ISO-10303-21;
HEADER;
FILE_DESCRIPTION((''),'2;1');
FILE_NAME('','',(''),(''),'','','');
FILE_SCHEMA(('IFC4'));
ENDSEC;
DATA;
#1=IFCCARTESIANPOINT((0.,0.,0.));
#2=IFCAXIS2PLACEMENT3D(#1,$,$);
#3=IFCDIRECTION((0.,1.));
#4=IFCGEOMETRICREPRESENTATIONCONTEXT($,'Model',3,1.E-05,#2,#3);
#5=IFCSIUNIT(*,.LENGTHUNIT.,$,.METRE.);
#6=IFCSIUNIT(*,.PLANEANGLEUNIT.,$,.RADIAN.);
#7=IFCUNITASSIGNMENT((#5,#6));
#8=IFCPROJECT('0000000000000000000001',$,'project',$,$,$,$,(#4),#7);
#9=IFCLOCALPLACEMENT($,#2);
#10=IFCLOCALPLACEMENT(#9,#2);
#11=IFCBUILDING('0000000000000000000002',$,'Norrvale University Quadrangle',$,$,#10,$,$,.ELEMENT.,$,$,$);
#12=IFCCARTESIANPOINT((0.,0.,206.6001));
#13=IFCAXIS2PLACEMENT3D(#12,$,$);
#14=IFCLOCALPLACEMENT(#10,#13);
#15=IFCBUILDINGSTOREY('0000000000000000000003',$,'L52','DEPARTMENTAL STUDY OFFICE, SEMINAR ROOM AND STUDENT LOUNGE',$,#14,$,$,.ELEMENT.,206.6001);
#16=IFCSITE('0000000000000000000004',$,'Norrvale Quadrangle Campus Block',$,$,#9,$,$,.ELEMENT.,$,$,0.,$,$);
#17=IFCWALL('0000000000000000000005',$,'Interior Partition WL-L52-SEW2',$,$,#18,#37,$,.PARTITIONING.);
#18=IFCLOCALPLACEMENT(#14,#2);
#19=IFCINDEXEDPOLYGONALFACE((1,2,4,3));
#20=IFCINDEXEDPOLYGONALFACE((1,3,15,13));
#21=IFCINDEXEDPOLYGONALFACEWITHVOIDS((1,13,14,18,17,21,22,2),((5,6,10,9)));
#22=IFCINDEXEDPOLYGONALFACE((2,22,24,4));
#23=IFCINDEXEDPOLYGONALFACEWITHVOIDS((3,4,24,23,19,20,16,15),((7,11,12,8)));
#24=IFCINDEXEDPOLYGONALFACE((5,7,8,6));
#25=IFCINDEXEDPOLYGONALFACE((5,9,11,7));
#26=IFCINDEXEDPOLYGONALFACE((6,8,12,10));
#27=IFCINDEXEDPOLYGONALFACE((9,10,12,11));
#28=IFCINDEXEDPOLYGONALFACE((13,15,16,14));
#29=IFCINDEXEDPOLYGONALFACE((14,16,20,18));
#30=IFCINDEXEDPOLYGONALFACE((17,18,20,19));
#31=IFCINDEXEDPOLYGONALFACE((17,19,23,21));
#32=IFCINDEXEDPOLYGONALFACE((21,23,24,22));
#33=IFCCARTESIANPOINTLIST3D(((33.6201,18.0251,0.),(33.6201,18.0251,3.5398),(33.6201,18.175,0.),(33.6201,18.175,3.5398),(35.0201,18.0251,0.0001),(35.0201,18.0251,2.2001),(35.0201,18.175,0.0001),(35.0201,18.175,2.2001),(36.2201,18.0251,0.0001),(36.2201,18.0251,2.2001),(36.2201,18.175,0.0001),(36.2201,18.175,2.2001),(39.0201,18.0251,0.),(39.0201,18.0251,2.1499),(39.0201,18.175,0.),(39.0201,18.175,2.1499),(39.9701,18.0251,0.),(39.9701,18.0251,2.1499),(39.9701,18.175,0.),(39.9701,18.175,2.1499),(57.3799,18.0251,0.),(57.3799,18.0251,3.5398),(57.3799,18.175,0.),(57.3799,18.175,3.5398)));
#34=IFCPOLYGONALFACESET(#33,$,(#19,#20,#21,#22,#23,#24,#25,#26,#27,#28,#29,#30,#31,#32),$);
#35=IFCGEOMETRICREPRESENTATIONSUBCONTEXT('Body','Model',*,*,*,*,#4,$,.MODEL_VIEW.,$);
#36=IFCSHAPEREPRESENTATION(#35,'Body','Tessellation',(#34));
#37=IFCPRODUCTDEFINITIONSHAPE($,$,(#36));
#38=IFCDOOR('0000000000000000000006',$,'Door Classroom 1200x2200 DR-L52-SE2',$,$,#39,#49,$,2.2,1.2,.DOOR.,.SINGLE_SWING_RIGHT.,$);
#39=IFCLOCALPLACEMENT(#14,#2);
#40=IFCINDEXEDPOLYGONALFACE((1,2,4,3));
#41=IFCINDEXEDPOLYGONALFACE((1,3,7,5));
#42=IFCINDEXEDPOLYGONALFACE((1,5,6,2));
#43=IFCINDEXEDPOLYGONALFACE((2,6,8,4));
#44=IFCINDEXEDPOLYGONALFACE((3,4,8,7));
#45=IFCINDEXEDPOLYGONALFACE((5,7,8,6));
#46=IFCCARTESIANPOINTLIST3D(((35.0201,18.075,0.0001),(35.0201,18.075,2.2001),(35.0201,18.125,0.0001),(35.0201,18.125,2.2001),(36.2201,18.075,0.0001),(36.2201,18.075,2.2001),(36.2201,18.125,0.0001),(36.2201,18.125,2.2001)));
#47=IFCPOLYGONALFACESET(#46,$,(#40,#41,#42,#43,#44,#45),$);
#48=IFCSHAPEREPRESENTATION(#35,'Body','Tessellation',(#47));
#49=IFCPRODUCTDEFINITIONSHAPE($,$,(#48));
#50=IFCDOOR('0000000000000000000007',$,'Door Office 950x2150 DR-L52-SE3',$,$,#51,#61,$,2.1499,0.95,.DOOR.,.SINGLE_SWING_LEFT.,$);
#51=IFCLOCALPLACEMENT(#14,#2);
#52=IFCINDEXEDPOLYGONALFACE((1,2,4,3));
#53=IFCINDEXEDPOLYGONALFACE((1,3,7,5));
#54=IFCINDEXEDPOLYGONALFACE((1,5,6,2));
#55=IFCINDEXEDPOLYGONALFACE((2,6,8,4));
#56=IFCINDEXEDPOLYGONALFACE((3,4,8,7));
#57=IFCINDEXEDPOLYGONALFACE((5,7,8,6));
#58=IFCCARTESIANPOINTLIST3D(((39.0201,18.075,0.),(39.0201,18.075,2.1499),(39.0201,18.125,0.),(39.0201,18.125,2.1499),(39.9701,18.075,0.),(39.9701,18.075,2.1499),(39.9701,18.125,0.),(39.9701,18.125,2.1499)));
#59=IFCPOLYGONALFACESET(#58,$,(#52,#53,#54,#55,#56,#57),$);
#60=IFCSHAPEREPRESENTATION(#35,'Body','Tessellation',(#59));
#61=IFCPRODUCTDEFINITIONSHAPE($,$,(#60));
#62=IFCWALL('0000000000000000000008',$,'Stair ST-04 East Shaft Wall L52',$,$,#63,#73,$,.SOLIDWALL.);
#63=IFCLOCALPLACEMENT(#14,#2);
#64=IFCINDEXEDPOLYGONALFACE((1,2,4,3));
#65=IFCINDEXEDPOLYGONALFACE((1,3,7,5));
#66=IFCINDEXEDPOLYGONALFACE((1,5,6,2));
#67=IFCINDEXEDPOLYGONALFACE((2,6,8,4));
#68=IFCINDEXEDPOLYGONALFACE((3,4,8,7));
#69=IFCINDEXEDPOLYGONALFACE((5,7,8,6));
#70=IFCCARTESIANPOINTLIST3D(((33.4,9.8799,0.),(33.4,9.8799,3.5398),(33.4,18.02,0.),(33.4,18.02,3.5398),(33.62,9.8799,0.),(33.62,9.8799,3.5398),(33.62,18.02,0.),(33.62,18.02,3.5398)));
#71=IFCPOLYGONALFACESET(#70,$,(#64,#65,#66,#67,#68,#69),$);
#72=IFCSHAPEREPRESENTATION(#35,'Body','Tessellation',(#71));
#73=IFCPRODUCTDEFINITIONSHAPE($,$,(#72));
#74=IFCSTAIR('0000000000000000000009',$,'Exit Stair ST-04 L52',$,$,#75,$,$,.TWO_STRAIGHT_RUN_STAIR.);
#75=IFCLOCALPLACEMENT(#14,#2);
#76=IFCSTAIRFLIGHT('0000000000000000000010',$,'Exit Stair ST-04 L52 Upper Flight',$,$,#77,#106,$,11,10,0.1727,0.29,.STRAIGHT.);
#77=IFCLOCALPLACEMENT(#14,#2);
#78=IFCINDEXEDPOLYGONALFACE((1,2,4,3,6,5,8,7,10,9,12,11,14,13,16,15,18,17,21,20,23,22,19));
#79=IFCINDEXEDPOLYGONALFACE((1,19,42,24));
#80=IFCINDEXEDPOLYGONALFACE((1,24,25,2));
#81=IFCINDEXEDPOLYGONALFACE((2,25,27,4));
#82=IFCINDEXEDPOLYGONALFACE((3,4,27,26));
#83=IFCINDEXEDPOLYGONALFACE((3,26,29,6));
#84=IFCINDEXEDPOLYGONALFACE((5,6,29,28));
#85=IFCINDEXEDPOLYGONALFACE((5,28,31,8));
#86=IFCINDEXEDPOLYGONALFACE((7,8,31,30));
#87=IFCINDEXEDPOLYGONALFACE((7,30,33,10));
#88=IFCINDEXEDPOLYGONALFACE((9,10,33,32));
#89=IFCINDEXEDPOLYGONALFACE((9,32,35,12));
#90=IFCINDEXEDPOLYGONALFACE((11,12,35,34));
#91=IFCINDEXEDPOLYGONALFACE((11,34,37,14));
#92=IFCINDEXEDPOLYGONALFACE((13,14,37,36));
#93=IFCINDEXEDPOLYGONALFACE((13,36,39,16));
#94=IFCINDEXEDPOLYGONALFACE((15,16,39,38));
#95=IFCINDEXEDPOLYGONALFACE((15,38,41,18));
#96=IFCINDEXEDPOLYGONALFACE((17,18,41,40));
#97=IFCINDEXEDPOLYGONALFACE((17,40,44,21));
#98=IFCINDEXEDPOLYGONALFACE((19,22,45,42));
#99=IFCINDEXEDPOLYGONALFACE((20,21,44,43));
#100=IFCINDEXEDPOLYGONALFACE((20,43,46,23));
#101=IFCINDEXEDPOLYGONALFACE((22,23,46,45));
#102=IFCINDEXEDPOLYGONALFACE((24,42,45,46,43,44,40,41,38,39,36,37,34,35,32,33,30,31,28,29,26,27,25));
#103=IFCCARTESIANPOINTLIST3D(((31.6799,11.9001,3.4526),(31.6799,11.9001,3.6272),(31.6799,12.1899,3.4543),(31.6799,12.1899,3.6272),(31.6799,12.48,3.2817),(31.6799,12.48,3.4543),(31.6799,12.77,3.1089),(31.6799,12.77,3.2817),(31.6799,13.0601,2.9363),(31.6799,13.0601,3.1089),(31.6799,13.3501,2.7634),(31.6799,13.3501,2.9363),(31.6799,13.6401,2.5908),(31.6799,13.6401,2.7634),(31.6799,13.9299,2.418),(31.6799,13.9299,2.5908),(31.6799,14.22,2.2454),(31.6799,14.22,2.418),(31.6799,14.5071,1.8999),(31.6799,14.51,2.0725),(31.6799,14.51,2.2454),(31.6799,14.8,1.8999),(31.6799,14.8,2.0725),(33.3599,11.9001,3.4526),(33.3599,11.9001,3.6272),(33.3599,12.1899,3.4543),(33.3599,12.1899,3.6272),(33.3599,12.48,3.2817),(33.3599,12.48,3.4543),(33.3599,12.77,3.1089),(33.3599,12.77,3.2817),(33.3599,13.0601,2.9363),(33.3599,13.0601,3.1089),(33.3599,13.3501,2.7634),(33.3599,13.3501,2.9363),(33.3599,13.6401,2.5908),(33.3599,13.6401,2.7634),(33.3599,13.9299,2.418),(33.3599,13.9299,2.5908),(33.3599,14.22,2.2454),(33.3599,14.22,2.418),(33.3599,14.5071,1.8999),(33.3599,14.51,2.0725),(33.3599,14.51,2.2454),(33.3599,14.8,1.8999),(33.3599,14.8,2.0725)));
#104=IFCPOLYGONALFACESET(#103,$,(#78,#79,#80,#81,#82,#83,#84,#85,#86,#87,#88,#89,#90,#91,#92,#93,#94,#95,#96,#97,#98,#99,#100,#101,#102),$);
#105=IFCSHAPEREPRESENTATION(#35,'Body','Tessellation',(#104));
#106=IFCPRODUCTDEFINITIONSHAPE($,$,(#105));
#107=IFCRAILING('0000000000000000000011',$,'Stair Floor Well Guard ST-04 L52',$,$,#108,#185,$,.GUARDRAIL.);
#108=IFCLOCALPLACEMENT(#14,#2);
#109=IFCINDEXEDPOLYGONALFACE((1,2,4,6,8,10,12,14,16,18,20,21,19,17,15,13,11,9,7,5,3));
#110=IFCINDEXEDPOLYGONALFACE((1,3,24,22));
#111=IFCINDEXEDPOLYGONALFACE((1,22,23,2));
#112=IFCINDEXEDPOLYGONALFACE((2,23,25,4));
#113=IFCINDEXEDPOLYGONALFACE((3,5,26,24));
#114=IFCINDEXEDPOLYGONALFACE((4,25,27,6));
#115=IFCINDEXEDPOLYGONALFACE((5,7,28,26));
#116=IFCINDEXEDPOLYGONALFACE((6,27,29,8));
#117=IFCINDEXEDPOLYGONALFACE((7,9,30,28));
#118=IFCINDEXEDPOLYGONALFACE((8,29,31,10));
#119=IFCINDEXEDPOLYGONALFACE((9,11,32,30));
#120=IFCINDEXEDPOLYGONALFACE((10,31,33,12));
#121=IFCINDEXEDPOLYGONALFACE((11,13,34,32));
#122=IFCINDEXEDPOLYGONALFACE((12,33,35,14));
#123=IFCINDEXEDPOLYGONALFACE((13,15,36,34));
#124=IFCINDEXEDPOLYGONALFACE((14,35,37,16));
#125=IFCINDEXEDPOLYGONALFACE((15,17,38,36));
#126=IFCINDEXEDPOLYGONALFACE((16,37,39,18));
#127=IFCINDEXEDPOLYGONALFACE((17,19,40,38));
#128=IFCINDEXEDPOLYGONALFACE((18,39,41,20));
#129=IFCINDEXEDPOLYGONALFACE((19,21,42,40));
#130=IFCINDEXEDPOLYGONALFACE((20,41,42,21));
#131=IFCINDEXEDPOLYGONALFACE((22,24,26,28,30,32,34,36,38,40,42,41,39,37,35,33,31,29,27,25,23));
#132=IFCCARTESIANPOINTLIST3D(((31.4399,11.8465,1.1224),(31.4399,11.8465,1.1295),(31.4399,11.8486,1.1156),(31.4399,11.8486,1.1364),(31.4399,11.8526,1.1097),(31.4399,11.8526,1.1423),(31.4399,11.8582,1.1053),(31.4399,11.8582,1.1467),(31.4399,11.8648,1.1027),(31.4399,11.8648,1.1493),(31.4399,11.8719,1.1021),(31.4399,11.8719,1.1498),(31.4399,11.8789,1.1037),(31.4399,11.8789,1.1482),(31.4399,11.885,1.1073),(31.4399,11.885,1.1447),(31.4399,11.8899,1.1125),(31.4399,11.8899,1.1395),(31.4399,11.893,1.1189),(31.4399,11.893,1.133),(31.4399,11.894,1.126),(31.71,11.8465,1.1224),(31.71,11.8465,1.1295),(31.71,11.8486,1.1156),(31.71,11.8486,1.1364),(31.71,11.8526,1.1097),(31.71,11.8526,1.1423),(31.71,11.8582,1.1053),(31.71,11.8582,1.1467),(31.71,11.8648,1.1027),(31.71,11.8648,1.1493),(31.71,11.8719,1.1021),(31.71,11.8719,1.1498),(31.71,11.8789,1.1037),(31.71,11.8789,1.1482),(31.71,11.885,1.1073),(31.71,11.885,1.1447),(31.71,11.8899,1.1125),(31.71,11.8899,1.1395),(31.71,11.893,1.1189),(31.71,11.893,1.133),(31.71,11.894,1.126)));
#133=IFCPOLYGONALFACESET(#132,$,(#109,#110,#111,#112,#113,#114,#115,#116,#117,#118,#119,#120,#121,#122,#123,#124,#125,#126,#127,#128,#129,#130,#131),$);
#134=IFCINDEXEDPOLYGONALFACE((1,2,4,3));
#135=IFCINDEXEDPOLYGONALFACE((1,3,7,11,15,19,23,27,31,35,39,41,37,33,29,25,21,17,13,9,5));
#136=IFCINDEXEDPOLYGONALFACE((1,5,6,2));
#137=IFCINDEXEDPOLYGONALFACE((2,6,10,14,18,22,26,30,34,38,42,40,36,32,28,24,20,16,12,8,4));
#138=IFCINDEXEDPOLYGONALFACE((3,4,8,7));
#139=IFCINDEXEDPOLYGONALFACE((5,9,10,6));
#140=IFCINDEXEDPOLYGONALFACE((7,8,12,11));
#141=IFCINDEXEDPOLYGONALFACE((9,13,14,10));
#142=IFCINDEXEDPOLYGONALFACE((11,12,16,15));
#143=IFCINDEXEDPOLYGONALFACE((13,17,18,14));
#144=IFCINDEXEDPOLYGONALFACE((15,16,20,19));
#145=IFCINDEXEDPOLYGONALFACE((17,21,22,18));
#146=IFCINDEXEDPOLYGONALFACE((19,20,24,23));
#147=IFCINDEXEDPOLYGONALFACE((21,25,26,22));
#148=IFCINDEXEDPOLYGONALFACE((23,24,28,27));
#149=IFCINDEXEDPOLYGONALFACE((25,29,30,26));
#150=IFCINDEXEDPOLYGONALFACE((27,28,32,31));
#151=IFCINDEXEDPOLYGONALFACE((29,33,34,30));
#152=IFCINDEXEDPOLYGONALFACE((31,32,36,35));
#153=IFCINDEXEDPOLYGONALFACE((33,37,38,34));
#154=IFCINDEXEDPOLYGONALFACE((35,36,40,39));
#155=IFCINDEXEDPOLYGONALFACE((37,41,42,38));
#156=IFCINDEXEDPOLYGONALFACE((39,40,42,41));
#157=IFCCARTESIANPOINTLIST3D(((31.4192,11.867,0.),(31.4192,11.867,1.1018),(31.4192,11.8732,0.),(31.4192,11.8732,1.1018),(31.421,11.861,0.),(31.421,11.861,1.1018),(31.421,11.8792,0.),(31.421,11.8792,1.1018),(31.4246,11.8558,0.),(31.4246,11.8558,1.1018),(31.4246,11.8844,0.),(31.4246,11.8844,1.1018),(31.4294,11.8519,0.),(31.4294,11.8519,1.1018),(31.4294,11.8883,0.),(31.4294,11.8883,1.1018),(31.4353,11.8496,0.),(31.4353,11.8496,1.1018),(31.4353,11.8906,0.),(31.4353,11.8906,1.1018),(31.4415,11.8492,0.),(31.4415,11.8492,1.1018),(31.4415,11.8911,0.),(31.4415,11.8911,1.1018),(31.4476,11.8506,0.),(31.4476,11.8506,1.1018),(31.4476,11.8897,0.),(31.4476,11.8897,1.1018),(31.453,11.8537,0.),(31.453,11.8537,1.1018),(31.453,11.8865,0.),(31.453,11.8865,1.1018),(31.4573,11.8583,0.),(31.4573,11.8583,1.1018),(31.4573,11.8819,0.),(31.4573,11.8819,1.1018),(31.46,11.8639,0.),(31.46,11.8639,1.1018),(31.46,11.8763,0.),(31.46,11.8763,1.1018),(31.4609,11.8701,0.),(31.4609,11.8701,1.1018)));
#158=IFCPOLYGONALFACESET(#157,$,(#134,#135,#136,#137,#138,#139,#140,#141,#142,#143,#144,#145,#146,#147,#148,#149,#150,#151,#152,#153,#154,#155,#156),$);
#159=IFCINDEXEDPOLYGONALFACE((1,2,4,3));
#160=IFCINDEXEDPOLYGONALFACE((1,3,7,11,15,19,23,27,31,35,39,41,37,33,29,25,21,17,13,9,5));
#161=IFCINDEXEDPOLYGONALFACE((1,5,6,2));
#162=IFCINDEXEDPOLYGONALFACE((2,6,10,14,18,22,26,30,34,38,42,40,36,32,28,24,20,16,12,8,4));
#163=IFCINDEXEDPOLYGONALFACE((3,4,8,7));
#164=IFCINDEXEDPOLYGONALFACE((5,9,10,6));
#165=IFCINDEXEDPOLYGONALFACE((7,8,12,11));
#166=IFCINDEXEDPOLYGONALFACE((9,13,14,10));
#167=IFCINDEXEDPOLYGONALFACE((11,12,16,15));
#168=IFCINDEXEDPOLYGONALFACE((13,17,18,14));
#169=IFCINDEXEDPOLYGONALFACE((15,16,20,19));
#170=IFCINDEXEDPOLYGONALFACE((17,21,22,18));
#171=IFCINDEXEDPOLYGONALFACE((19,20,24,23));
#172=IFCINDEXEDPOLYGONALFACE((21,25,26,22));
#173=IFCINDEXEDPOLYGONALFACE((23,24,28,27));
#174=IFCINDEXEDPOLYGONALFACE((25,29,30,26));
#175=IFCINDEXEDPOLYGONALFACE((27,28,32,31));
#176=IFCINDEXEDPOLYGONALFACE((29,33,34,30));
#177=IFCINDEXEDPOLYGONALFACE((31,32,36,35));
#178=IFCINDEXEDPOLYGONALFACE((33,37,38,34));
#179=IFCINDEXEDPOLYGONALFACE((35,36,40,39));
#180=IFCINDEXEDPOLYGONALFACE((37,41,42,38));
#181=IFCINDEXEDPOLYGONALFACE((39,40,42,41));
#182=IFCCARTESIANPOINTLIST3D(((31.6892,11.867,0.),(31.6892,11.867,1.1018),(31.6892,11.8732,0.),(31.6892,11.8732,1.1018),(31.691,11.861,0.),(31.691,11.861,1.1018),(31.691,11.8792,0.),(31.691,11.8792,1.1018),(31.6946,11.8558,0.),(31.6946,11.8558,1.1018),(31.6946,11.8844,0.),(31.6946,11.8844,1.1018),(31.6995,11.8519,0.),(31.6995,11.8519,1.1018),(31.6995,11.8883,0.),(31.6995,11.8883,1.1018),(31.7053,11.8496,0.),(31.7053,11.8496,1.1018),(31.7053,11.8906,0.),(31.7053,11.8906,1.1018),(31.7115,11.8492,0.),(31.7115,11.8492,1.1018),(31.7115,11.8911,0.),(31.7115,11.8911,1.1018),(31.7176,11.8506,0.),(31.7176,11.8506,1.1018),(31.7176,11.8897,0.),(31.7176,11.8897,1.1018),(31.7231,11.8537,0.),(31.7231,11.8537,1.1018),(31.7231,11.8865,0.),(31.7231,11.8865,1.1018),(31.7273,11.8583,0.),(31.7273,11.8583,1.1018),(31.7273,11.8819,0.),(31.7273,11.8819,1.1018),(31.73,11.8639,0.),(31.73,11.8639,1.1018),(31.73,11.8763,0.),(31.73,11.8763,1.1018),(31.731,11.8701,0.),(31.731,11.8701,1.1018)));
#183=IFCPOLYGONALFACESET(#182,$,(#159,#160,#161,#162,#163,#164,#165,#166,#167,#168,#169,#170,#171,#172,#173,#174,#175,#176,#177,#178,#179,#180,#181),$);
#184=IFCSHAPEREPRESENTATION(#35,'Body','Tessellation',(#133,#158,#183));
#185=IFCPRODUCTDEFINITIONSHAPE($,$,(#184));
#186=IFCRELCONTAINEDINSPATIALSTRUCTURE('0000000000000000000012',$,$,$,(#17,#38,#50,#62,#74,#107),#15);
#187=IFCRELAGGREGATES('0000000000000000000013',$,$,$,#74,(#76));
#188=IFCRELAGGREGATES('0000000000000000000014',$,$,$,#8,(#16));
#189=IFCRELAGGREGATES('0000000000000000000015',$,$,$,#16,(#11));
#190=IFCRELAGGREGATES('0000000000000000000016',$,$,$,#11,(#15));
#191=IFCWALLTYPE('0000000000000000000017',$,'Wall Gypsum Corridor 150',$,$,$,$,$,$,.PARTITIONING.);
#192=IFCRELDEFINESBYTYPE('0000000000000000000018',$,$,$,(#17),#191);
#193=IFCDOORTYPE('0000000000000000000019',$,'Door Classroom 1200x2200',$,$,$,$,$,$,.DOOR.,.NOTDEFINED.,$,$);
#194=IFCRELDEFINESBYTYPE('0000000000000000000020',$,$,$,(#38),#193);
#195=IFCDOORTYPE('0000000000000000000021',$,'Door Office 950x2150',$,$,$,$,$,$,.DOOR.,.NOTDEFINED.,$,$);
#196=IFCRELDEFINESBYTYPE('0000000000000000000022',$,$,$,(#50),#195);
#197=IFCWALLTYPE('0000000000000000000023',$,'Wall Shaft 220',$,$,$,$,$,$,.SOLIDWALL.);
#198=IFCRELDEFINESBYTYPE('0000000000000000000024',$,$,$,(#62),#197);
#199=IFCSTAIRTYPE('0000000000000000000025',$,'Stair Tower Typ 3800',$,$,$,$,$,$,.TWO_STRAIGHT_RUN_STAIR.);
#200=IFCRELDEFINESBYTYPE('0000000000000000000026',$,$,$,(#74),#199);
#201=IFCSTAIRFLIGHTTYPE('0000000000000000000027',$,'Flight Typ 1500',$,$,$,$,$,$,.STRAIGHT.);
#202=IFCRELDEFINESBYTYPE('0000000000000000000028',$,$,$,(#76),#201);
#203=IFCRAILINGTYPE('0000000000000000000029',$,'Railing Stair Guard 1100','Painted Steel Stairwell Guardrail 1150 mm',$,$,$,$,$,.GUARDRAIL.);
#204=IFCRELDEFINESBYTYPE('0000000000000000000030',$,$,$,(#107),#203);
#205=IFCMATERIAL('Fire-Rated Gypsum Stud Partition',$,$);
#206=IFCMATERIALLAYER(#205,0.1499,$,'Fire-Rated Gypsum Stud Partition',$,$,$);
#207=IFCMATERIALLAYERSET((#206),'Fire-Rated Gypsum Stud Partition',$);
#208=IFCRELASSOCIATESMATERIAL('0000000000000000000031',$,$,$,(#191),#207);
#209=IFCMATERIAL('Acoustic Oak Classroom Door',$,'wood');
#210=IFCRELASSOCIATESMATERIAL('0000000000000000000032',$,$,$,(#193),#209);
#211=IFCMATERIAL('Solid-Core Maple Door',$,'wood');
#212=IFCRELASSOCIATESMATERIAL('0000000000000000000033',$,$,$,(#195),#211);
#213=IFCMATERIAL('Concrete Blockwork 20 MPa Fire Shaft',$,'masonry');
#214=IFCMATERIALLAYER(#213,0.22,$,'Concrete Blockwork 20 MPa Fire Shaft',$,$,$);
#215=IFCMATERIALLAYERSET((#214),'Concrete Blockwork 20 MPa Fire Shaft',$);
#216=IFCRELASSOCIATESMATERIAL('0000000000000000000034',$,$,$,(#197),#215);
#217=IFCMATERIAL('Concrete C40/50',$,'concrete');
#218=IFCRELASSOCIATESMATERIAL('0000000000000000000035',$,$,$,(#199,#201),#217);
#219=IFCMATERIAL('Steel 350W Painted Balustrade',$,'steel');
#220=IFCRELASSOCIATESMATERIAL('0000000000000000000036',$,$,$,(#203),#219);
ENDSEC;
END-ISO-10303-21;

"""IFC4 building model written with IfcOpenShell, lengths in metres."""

from ifc_helpers import new_model, si_unit, direction, frame, frame_2d, origin, origin_2d, place, context, subcontext, project, spatial, polyline, rectangle, circle, outline, extrude, material, layer, layer_set, type_object, element, fill, aggregate, save


model = new_model("IFC4")

# Units and contexts
model_context = context("Model", 3, precision=1e-05, world=origin(), true_north=direction((0.0, 1.0)))
body_context = subcontext(model_context, "Body", "Model", "MODEL_VIEW")
ifc_project = project(units=[si_unit("LENGTHUNIT", "METRE"), si_unit("PLANEANGLEUNIT", "RADIAN")], contexts=[model_context])

# Site, building, storey
site_placement = place(None, origin())
site = spatial("IfcSite", under=ifc_project, at=site_placement, Name="Norrvale Quadrangle Campus Block", CompositionType="ELEMENT", RefElevation=0.0)
building_placement = place(site_placement, origin())
building = spatial("IfcBuilding", under=site, at=building_placement, Name="Norrvale University Quadrangle", CompositionType="ELEMENT")
storey_placement = place(building_placement, frame((0.0, 0.0, 206.6001)))
storey = spatial("IfcBuildingStorey", under=building, at=storey_placement, Name="L52", Description="DEPARTMENTAL STUDY OFFICE, SEMINAR ROOM AND STUDENT LOUNGE", CompositionType="ELEMENT", Elevation=206.6001)

# Wall, openings, doors
ifc_material_1 = material(Name="Fire-Rated Gypsum Stud Partition")
ifc_layer_1 = layer(ifc_material_1, 0.1499, Name="Fire-Rated Gypsum Stud Partition")
ifc_layer_set_1 = layer_set([ifc_layer_1], Name="Fire-Rated Gypsum Stud Partition")
wall_type_1 = type_object("IfcWallType", Name="Wall Gypsum Corridor 150", PredefinedType="PARTITIONING", material=ifc_layer_set_1)
wall_1_placement = place(storey_placement, frame((33.6201, 18.1001, 0.0), z_axis=(0.0, 0.0, 1.0), x_axis=(1.0, 0.0, 0.0)))
wall_1 = element("IfcWall", 1, at=wall_1_placement, inside=storey, type_object=wall_type_1, Name="Interior Partition WL-L52-SEW2", PredefinedType="PARTITIONING", context=body_context, shape_type="SweptSolid", body=[
    extrude(rectangle(XDim=23.7598, YDim=0.1499, at=frame_2d((11.8799, 0.0))), origin(), (0.0, 0.0, 1.0), 3.5398),
])
opening_1_placement = place(wall_1_placement, frame((1.3999, 0.0, 0.0)))
opening_1 = element("IfcOpeningElement", 2, at=opening_1_placement, cuts=wall_1, PredefinedType="OPENING", context=body_context, shape_type="SweptSolid", body=[
    extrude(rectangle(XDim=1.2, YDim=2.2, at=frame_2d((0.6001, 1.1001))), frame((0.0, 0.0869, 0.0), z_axis=(0.0, -1.0, 0.0), x_axis=(1.0, 0.0, 0.0)), (0.0, 0.0, 1.0), 0.1738),
])
opening_2_placement = place(wall_1_placement, frame((5.3999, 0.0, 0.0)))
opening_2 = element("IfcOpeningElement", 3, at=opening_2_placement, cuts=wall_1, PredefinedType="OPENING", context=body_context, shape_type="SweptSolid", body=[
    extrude(rectangle(XDim=0.95, YDim=2.1499, at=frame_2d((0.4751, 1.075))), frame((0.0, 0.0869, 0.0), z_axis=(0.0, -1.0, 0.0), x_axis=(1.0, 0.0, 0.0)), (0.0, 0.0, 1.0), 0.1738),
])
ifc_material_2 = material(Name="Acoustic Oak Classroom Door", Category="wood")
door_type_1 = type_object("IfcDoorType", Name="Door Classroom 1200x2200", OperationType="NOTDEFINED", PredefinedType="DOOR", material=ifc_material_2)
door_1_placement = place(opening_1_placement, origin())
door_1 = element("IfcDoor", 4, at=door_1_placement, inside=storey, type_object=door_type_1, Name="Door Classroom 1200x2200 DR-L52-SE2", OperationType="SINGLE_SWING_RIGHT", OverallHeight=2.2, OverallWidth=1.2, PredefinedType="DOOR", context=body_context, shape_type="SweptSolid", body=[
    extrude(rectangle(XDim=1.2, YDim=2.2, at=frame_2d((0.6001, 1.1001))), frame((0.0, 0.0249, 0.0), z_axis=(0.0, -1.0, 0.0), x_axis=(1.0, 0.0, 0.0)), (0.0, 0.0, 1.0), 0.05),
])
fill(opening_1, door_1)
ifc_material_3 = material(Name="Solid-Core Maple Door", Category="wood")
door_type_2 = type_object("IfcDoorType", Name="Door Office 950x2150", OperationType="NOTDEFINED", PredefinedType="DOOR", material=ifc_material_3)
door_2_placement = place(opening_2_placement, origin())
door_2 = element("IfcDoor", 5, at=door_2_placement, inside=storey, type_object=door_type_2, Name="Door Office 950x2150 DR-L52-SE3", OperationType="SINGLE_SWING_LEFT", OverallHeight=2.1499, OverallWidth=0.95, PredefinedType="DOOR", context=body_context, shape_type="SweptSolid", body=[
    extrude(rectangle(XDim=0.95, YDim=2.1499, at=frame_2d((0.4751, 1.075))), frame((0.0, 0.0249, 0.0), z_axis=(0.0, -1.0, 0.0), x_axis=(1.0, 0.0, 0.0)), (0.0, 0.0, 1.0), 0.05),
])
fill(opening_2, door_2)

# Wall
ifc_material_4 = material(Name="Concrete Blockwork 20 MPa Fire Shaft", Category="masonry")
ifc_layer_2 = layer(ifc_material_4, 0.22, Name="Concrete Blockwork 20 MPa Fire Shaft")
ifc_layer_set_2 = layer_set([ifc_layer_2], Name="Concrete Blockwork 20 MPa Fire Shaft")
wall_type_2 = type_object("IfcWallType", Name="Wall Shaft 220", PredefinedType="SOLIDWALL", material=ifc_layer_set_2)
wall_2_placement = place(storey_placement, frame((33.51, 9.8799, 0.0), z_axis=(0.0, 0.0, 1.0), x_axis=(0.0, 1.0, 0.0)))
element("IfcWall", 6, at=wall_2_placement, inside=storey, type_object=wall_type_2, Name="Stair ST-04 East Shaft Wall L52", PredefinedType="SOLIDWALL", context=body_context, shape_type="SweptSolid", body=[
    extrude(rectangle(XDim=8.1401, YDim=0.22, at=frame_2d((4.0701, 0.0))), origin(), (0.0, 0.0, 1.0), 3.5398),
])

# Stair, stair flight
ifc_material_5 = material(Name="Concrete C40/50", Category="concrete")
stair_type = type_object("IfcStairType", Name="Stair Tower Typ 3800", PredefinedType="TWO_STRAIGHT_RUN_STAIR", material=ifc_material_5)
stair_placement = place(storey_placement, origin())
stair = element("IfcStair", 7, at=stair_placement, inside=storey, type_object=stair_type, Name="Exit Stair ST-04 L52", PredefinedType="TWO_STRAIGHT_RUN_STAIR")
stair_flight_type = type_object("IfcStairFlightType", Name="Flight Typ 1500", PredefinedType="STRAIGHT", material=ifc_material_5)
stair_flight_placement = place(storey_placement, frame((32.52, 14.8, 1.8999), z_axis=(0.0, 0.0, 1.0), x_axis=(0.0, -1.0, 0.0)))
stair_flight = element("IfcStairFlight", 8, at=stair_flight_placement, type_object=stair_flight_type, Name="Exit Stair ST-04 L52 Upper Flight", NumberOfRisers=11, NumberOfTreads=10, PredefinedType="STRAIGHT", RiserHeight=0.1727, TreadLength=0.29, context=body_context, shape_type="SweptSolid", body=[
    extrude(outline(polyline([(0.0, 0.0), (0.0, 0.1726), (0.29, 0.1726), (0.29, 0.3455), (0.5801, 0.3455), (0.5801, 0.5181), (0.8701, 0.5181), (0.8701, 0.6909), (1.1599, 0.6909), (1.1599, 0.8635), (1.45, 0.8635), (1.45, 1.0364), (1.74, 1.0364), (1.74, 1.209), (2.03, 1.209), (2.03, 1.3818), (2.3201, 1.3818), (2.3201, 1.5544), (2.6101, 1.5544), (2.6101, 1.7273), (2.8999, 1.7273), (2.8999, 1.8999), (2.8999, 1.5527), (0.293, 0.0), (0.0, 0.0)])), frame((0.0, 0.8398, 0.0), z_axis=(0.0, -1.0, 0.0), x_axis=(1.0, 0.0, 0.0)), (0.0, 0.0, 1.0), 1.6799),
])
aggregate(stair, [stair_flight])

# Railing
ifc_material_6 = material(Name="Steel 350W Painted Balustrade", Category="steel")
railing_type_1 = type_object("IfcRailingType", Name="Railing Stair Guard 1100", Description="Painted Steel Stairwell Guardrail 1150 mm", PredefinedType="GUARDRAIL", material=ifc_material_6)
for number, where, name in (
    (9, (31.4399, 11.8701, 0.0), "Stair Floor Well Guard ST-04 L52"),
):
    element("IfcRailing", number, at=place(storey_placement, frame(where)), inside=storey, type_object=railing_type_1, Name=name, PredefinedType="GUARDRAIL", context=body_context, shape_type="SweptSolid", body=[
        extrude(circle(Radius=0.0239, at=origin_2d()), frame((0.0, 0.0, 1.126), z_axis=(1.0, 0.0, 0.0), x_axis=(0.0, 1.0, 0.0)), (0.0, 0.0, 1.0), 0.27),
        extrude(circle(Radius=0.021, at=origin_2d()), origin(), (0.0, 0.0, 1.0), 1.1018),
        extrude(circle(Radius=0.021, at=origin_2d()), frame((0.27, 0.0, 0.0)), (0.0, 0.0, 1.0), 1.1018),
    ])

save(model, "model.ifc")
